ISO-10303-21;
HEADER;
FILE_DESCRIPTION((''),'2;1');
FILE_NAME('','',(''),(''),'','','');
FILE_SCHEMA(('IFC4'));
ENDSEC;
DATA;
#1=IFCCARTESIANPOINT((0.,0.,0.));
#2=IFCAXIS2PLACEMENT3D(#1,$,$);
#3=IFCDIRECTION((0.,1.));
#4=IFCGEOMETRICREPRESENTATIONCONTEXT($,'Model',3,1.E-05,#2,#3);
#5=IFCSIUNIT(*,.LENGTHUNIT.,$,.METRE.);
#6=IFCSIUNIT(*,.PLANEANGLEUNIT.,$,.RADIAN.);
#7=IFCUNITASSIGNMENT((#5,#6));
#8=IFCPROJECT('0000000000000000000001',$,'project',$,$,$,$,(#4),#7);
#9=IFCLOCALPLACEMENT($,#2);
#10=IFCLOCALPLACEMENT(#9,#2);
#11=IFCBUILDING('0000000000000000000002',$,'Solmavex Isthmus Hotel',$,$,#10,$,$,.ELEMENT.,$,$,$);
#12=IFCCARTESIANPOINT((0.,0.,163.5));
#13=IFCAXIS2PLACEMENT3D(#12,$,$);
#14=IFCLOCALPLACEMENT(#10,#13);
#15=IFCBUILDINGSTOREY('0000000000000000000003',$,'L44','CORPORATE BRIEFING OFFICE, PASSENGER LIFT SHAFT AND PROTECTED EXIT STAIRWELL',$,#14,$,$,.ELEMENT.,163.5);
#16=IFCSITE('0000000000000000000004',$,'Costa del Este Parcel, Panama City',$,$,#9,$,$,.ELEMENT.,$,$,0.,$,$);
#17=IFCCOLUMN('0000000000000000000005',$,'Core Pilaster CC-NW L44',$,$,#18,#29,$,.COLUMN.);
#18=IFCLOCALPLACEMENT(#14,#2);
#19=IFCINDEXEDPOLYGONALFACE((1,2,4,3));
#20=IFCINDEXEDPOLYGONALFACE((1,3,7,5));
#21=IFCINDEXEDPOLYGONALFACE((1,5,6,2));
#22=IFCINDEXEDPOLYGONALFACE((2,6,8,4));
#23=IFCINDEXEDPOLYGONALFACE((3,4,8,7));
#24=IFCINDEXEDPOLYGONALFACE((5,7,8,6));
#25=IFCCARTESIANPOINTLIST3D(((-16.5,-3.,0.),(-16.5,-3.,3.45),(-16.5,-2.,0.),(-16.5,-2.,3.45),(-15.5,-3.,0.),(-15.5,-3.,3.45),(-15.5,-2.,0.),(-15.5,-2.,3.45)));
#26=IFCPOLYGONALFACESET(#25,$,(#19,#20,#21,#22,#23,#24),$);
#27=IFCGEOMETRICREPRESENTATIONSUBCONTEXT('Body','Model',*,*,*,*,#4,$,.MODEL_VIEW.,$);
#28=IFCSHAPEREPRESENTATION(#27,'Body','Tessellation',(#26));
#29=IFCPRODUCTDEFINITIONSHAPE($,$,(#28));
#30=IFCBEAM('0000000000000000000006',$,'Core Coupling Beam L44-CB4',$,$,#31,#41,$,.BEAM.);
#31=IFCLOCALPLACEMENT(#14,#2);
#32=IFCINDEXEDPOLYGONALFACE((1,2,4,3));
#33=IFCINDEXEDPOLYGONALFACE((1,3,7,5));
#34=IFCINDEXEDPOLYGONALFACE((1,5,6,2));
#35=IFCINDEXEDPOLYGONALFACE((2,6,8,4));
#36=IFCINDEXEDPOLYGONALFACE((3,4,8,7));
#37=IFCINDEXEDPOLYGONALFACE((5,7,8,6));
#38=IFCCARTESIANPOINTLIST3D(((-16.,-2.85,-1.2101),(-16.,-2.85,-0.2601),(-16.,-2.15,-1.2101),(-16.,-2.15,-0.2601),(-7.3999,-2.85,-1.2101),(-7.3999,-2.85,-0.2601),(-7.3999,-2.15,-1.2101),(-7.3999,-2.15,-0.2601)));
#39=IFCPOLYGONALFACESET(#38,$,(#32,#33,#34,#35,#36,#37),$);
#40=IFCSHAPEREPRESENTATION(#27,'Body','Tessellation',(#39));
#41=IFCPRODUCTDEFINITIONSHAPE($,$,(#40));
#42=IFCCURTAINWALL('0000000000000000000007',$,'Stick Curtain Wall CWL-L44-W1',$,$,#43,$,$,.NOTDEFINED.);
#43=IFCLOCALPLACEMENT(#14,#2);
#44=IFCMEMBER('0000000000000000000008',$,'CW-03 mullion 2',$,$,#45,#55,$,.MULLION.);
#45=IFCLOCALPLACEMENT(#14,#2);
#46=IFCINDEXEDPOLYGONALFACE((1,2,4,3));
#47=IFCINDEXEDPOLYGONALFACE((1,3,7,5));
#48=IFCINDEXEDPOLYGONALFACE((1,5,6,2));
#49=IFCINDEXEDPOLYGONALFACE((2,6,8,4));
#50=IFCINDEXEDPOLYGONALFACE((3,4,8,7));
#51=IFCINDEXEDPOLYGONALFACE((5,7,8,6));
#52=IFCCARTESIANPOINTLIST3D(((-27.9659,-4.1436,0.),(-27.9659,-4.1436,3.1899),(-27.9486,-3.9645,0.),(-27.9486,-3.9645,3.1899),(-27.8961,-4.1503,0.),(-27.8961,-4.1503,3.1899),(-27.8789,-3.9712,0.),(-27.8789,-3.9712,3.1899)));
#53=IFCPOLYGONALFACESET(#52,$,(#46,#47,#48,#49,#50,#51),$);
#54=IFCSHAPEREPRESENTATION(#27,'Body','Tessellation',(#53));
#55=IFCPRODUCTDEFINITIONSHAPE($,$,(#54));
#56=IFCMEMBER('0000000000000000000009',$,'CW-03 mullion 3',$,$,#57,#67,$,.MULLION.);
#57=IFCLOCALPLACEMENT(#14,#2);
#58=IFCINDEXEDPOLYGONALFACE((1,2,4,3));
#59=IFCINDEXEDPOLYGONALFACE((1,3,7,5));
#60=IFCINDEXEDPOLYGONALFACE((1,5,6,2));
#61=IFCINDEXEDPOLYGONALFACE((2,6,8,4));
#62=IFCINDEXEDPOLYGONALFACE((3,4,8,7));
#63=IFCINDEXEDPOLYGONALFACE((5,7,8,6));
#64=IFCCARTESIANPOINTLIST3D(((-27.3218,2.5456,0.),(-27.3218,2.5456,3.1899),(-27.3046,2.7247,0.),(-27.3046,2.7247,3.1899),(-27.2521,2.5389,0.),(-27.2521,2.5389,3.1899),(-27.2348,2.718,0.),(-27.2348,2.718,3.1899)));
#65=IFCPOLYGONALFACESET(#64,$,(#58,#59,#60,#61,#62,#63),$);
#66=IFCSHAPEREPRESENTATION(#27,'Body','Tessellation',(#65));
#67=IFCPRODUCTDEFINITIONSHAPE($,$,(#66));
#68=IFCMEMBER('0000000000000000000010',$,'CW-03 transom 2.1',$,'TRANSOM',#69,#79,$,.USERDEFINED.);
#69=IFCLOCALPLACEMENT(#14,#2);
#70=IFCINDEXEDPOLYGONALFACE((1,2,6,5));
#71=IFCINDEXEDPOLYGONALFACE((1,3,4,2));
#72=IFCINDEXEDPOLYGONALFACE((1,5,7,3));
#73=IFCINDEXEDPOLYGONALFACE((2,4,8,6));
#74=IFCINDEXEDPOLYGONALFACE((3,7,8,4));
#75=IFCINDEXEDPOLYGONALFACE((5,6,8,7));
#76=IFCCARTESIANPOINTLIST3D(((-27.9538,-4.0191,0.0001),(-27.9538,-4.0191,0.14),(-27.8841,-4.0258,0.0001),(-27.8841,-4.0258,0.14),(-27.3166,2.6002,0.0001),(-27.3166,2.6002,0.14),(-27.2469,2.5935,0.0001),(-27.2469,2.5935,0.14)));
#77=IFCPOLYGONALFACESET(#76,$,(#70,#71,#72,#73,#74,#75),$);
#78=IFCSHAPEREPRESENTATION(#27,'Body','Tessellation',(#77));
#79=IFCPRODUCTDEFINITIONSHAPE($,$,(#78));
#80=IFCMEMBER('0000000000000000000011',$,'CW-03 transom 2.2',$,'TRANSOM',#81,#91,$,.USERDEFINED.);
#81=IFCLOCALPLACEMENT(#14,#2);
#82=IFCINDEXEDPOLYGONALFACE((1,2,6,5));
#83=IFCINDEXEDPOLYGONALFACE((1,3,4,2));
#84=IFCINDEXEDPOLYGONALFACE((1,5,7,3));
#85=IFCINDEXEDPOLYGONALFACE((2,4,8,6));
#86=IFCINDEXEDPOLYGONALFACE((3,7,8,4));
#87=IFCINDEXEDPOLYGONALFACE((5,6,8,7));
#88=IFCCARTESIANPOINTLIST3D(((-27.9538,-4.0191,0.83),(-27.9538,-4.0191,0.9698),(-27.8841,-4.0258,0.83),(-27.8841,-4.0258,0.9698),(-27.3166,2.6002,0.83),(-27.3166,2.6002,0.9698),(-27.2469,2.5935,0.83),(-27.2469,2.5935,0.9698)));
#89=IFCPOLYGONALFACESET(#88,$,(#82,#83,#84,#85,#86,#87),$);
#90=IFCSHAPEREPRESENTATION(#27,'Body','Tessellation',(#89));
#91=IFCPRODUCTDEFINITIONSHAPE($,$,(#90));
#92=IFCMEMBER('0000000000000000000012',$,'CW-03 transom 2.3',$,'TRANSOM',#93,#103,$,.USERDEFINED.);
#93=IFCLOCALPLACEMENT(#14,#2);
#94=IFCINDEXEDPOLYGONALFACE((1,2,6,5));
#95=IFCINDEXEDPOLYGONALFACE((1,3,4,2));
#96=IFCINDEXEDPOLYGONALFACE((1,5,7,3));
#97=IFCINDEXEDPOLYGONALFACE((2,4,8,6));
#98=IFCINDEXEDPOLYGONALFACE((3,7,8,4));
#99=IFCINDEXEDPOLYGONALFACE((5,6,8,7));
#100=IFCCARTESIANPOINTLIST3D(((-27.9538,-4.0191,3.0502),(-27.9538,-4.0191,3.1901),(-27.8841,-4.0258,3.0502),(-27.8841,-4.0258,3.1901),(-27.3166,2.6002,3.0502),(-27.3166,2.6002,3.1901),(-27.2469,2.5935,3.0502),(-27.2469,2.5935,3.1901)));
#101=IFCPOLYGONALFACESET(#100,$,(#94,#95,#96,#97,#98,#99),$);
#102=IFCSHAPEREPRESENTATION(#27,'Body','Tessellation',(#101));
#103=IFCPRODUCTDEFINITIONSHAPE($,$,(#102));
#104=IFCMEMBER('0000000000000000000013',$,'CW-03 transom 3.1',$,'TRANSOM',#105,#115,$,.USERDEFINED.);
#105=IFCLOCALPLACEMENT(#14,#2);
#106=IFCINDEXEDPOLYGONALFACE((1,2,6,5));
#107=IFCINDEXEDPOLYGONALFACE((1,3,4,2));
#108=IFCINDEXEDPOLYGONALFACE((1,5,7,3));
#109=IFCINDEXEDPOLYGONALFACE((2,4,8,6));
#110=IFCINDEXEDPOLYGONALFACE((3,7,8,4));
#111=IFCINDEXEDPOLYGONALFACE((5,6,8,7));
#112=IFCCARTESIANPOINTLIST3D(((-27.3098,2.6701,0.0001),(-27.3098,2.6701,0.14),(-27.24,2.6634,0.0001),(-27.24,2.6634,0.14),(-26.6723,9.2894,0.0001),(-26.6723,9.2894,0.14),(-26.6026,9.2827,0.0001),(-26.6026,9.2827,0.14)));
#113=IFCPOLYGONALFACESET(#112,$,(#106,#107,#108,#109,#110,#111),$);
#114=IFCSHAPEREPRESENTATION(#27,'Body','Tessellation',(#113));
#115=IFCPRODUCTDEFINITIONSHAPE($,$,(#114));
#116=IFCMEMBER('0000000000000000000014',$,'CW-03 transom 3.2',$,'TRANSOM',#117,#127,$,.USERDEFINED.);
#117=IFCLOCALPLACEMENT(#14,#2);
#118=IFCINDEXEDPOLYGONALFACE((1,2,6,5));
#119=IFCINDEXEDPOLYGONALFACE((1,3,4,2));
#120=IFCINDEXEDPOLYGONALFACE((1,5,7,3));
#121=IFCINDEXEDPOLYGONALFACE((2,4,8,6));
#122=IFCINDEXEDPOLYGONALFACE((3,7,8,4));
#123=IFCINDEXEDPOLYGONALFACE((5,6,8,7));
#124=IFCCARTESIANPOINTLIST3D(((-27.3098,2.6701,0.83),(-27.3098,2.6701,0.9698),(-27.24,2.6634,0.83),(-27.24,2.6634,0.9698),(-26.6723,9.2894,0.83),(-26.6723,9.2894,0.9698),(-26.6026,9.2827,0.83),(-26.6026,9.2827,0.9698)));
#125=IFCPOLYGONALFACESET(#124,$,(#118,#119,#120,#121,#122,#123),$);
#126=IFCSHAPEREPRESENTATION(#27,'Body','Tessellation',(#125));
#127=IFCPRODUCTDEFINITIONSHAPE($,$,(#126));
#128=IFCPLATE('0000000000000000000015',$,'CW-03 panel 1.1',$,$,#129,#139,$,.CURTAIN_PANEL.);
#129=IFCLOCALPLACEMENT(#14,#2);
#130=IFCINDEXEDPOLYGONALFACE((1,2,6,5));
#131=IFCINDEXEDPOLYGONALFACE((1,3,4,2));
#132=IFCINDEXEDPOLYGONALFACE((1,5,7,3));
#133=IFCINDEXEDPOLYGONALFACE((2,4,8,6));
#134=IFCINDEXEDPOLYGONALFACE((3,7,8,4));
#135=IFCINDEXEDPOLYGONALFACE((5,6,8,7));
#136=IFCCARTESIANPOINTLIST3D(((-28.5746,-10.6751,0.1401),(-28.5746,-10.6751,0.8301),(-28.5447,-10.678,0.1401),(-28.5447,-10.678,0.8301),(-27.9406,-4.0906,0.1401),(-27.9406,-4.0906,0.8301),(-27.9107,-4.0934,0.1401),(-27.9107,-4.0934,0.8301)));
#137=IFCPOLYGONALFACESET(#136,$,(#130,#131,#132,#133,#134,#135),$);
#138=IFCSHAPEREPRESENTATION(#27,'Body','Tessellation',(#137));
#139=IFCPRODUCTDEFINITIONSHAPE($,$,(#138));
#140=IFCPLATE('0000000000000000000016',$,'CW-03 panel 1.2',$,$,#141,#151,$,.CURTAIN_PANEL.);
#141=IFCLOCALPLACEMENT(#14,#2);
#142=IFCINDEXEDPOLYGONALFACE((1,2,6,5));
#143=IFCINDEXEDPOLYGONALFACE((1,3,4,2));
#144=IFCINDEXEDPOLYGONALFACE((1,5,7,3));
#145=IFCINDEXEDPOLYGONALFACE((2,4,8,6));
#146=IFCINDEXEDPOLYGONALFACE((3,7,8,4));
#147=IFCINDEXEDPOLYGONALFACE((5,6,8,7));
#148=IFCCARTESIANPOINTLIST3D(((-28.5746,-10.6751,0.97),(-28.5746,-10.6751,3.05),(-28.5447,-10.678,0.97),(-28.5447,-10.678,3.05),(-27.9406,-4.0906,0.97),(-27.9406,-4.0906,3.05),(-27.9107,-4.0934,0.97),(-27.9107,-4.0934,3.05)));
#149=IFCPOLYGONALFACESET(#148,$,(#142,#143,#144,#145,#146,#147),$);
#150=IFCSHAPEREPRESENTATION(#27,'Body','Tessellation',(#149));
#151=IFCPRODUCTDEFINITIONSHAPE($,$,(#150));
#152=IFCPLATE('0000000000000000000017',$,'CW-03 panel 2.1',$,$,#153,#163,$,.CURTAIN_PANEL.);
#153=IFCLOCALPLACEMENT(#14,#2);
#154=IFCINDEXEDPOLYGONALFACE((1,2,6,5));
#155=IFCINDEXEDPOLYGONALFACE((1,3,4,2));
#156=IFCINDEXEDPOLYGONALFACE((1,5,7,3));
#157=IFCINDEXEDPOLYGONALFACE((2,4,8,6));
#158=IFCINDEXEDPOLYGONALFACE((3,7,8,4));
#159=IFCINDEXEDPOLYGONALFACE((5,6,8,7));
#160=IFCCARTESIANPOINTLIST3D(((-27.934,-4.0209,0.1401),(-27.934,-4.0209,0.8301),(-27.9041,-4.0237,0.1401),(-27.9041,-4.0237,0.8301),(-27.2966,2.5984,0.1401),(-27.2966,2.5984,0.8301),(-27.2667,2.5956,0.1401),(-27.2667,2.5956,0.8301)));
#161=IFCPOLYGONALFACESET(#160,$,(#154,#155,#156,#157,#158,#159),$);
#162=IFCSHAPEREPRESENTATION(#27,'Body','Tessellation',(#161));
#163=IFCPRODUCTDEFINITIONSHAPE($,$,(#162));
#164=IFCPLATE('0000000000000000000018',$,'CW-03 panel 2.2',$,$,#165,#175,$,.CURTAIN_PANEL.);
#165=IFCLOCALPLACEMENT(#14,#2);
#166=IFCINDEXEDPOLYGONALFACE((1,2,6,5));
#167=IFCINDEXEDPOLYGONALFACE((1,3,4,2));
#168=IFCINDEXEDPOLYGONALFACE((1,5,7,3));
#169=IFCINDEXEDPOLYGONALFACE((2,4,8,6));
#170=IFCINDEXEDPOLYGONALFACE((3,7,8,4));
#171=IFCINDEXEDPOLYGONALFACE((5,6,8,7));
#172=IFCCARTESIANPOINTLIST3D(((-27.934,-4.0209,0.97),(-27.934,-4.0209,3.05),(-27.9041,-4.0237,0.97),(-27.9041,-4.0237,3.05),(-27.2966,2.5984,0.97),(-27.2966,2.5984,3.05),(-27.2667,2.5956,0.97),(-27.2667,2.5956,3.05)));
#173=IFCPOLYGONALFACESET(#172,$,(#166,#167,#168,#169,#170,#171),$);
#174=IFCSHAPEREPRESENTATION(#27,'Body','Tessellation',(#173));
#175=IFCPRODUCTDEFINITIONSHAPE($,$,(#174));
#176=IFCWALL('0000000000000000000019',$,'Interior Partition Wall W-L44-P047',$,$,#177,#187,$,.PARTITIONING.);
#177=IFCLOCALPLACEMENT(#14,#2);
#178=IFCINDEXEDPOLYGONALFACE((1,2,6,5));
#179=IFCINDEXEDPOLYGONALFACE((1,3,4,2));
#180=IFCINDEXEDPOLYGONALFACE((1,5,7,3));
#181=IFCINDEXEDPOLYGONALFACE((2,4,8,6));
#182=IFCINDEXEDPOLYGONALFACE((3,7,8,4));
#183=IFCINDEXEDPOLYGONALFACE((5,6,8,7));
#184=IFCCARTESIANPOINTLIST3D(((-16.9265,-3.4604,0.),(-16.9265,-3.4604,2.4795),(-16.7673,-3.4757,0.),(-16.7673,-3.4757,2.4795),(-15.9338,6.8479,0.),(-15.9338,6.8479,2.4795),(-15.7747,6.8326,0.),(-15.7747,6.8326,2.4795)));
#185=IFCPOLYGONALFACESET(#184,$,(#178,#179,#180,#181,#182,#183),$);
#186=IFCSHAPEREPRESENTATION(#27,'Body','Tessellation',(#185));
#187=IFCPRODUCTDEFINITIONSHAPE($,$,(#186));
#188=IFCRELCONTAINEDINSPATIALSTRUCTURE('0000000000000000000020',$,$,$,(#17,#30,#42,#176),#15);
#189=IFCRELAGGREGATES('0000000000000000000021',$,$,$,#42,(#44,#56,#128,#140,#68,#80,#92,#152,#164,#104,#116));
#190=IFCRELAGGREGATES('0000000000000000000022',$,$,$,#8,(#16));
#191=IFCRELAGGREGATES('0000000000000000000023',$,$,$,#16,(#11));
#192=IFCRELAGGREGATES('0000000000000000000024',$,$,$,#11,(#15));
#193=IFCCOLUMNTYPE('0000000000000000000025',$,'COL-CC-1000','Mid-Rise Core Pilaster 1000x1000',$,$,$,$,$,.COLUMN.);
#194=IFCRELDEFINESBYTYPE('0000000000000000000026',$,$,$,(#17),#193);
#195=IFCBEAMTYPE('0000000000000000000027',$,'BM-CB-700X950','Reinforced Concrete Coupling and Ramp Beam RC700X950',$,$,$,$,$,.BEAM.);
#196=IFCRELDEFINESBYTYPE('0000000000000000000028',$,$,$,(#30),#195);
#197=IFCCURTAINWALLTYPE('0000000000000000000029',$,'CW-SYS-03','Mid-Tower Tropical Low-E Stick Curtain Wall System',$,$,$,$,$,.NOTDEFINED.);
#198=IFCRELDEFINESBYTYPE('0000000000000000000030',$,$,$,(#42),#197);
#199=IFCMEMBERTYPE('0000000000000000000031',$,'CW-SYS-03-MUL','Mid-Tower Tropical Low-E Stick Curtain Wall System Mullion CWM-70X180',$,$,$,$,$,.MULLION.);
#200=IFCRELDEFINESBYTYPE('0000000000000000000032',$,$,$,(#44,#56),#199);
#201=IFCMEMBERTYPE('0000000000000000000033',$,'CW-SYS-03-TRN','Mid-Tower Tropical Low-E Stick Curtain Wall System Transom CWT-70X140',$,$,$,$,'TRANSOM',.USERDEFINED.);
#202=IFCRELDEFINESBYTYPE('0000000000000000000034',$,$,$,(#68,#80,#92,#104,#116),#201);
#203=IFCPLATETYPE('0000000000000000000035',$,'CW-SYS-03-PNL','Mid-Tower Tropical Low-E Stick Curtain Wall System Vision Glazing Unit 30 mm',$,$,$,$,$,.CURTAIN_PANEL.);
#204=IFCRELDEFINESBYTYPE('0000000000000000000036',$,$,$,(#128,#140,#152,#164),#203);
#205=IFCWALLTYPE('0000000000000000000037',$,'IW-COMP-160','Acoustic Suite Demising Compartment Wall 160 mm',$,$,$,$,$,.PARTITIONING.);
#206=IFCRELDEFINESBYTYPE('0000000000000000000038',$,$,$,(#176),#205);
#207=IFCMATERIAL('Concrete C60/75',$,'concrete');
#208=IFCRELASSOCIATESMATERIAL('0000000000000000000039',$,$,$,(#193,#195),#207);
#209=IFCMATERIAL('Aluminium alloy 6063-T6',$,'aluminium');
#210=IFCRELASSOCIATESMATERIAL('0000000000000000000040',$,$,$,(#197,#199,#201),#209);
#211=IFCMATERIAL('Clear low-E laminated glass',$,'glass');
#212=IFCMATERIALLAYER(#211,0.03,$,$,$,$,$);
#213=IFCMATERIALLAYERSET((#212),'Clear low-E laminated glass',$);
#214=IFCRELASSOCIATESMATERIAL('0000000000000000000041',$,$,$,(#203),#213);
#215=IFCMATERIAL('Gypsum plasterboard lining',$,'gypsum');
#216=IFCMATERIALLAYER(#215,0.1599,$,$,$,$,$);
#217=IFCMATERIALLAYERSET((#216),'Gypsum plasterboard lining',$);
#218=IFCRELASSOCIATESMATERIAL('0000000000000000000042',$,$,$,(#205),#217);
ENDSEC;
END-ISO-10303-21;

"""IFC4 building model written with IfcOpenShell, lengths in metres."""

from ifc_helpers import new_model, si_unit, direction, frame, frame_2d, origin, origin_2d, place, context, subcontext, project, spatial, rectangle, extrude, material, layer, layer_set, material_profile, profile_set, type_object, element, aggregate, save


model = new_model("IFC4")

# Units and contexts
model_context = context("Model", 3, precision=1e-05, world=origin(), true_north=direction((0.0, 1.0)))
body_context = subcontext(model_context, "Body", "Model", "MODEL_VIEW")
ifc_project = project(units=[si_unit("LENGTHUNIT", "METRE"), si_unit("PLANEANGLEUNIT", "RADIAN")], contexts=[model_context])

# Site, building, storey
site_placement = place(None, origin())
site = spatial("IfcSite", under=ifc_project, at=site_placement, Name="Costa del Este Parcel, Panama City", CompositionType="ELEMENT", RefElevation=0.0)
building_placement = place(site_placement, origin())
building = spatial("IfcBuilding", under=site, at=building_placement, Name="Solmavex Isthmus Hotel", CompositionType="ELEMENT")
storey_placement = place(building_placement, frame((0.0, 0.0, 163.5)))
storey = spatial("IfcBuildingStorey", under=building, at=storey_placement, Name="L44", Description="CORPORATE BRIEFING OFFICE, PASSENGER LIFT SHAFT AND PROTECTED EXIT STAIRWELL", CompositionType="ELEMENT", Elevation=163.5)

# Column
ifc_material_1 = material(Name="Concrete C60/75", Category="concrete")
ifc_material_profile_1 = material_profile(ifc_material_1, rectangle(XDim=1.0, YDim=1.0, at=origin_2d()), Name="RC1000X1000")
ifc_profile_set_1 = profile_set([ifc_material_profile_1], Name="Concrete C60/75")
column_type = type_object("IfcColumnType", Name="COL-CC-1000", Description="Mid-Rise Core Pilaster 1000x1000", PredefinedType="COLUMN", material=ifc_profile_set_1)
column_placement = place(storey_placement, frame((-16.0, -2.5, 0.0), z_axis=(0.0, 0.0, 1.0), x_axis=(1.0, 0.0, 0.0)))
element("IfcColumn", 1, at=column_placement, inside=storey, type_object=column_type, Name="Core Pilaster CC-NW L44", PredefinedType="COLUMN", context=body_context, shape_type="SweptSolid", body=[
    extrude(rectangle(XDim=1.0, YDim=1.0, at=origin_2d()), origin(), (0.0, 0.0, 1.0), 3.45),
])

# Beam
ifc_material_profile_2 = material_profile(ifc_material_1, rectangle(XDim=0.7, YDim=0.95, at=origin_2d()), Name="RC700X950")
ifc_profile_set_2 = profile_set([ifc_material_profile_2], Name="Concrete C60/75")
beam_type = type_object("IfcBeamType", Name="BM-CB-700X950", Description="Reinforced Concrete Coupling and Ramp Beam RC700X950", PredefinedType="BEAM", material=ifc_profile_set_2)
beam_placement = place(storey_placement, frame((-16.0, -2.5, -0.7351), z_axis=(1.0, 0.0, 0.0), x_axis=(0.0, 1.0, 0.0)))
element("IfcBeam", 2, at=beam_placement, inside=storey, type_object=beam_type, Name="Core Coupling Beam L44-CB4", PredefinedType="BEAM", context=body_context, shape_type="SweptSolid", body=[
    extrude(rectangle(XDim=0.7, YDim=0.95, at=origin_2d()), origin(), (0.0, 0.0, 1.0), 8.6001),
])

# Curtain wall, members, plates
ifc_material_2 = material(Name="Aluminium alloy 6063-T6", Category="aluminium")
curtain_wall_type = type_object("IfcCurtainWallType", Name="CW-SYS-03", Description="Mid-Tower Tropical Low-E Stick Curtain Wall System", PredefinedType="NOTDEFINED", material=ifc_material_2)
curtain_wall_placement = place(storey_placement, origin())
curtain_wall = element("IfcCurtainWall", 3, at=curtain_wall_placement, inside=storey, type_object=curtain_wall_type, Name="Stick Curtain Wall CWL-L44-W1", PredefinedType="NOTDEFINED")
ifc_material_profile_3 = material_profile(ifc_material_2, rectangle(XDim=0.0701, YDim=0.1799, at=origin_2d()), Name="CWM-70X180")
ifc_profile_set_3 = profile_set([ifc_material_profile_3], Name="Aluminium alloy 6063-T6")
member_type_1 = type_object("IfcMemberType", Name="CW-SYS-03-MUL", Description="Mid-Tower Tropical Low-E Stick Curtain Wall System Mullion CWM-70X180", PredefinedType="MULLION", material=ifc_profile_set_3)
member_1_placement = place(storey_placement, frame((-27.9224, -4.0574, 0.0), z_axis=(0.0, 0.0, 1.0), x_axis=(-0.995396, 0.095846, 0.0)))
member_1 = element("IfcMember", 4, at=member_1_placement, type_object=member_type_1, Name="CW-03 mullion 2", PredefinedType="MULLION", context=body_context, shape_type="SweptSolid", body=[
    extrude(rectangle(XDim=0.0701, YDim=0.1799, at=origin_2d()), origin(), (0.0, 0.0, 1.0), 3.1899),
])
member_2_placement = place(storey_placement, frame((-27.2783, 2.6318, 0.0), z_axis=(0.0, 0.0, 1.0), x_axis=(-0.995396, 0.095846, 0.0)))
member_2 = element("IfcMember", 5, at=member_2_placement, type_object=member_type_1, Name="CW-03 mullion 3", PredefinedType="MULLION", context=body_context, shape_type="SweptSolid", body=[
    extrude(rectangle(XDim=0.0701, YDim=0.1799, at=origin_2d()), origin(), (0.0, 0.0, 1.0), 3.1899),
])
ifc_material_profile_4 = material_profile(ifc_material_2, rectangle(XDim=0.0701, YDim=0.1399, at=origin_2d()), Name="CWT-70X140")
ifc_profile_set_4 = profile_set([ifc_material_profile_4], Name="Aluminium alloy 6063-T6")
member_type_2 = type_object("IfcMemberType", Name="CW-SYS-03-TRN", Description="Mid-Tower Tropical Low-E Stick Curtain Wall System Transom CWT-70X140", ElementType="TRANSOM", PredefinedType="USERDEFINED", material=ifc_profile_set_4)
member_3_placement = place(storey_placement, frame((-27.9189, -4.0225, 0.0701), z_axis=(0.095821, 0.995399, 0.0), x_axis=(-0.995399, 0.095821, 0.0)))
member_3 = element("IfcMember", 6, at=member_3_placement, type_object=member_type_2, Name="CW-03 transom 2.1", ObjectType="TRANSOM", PredefinedType="USERDEFINED", context=body_context, shape_type="SweptSolid", body=[
    extrude(rectangle(XDim=0.0701, YDim=0.1399, at=origin_2d()), origin(), (0.0, 0.0, 1.0), 6.6499),
])
member_4_placement = place(storey_placement, frame((-27.9189, -4.0225, 0.8999), z_axis=(0.095821, 0.995399, 0.0), x_axis=(-0.995399, 0.095821, 0.0)))
member_4 = element("IfcMember", 7, at=member_4_placement, type_object=member_type_2, Name="CW-03 transom 2.2", ObjectType="TRANSOM", PredefinedType="USERDEFINED", context=body_context, shape_type="SweptSolid", body=[
    extrude(rectangle(XDim=0.0701, YDim=0.1399, at=origin_2d()), origin(), (0.0, 0.0, 1.0), 6.6499),
])
member_5_placement = place(storey_placement, frame((-27.9189, -4.0225, 3.1201), z_axis=(0.095821, 0.995399, 0.0), x_axis=(-0.995399, 0.095821, 0.0)))
member_5 = element("IfcMember", 8, at=member_5_placement, type_object=member_type_2, Name="CW-03 transom 2.3", ObjectType="TRANSOM", PredefinedType="USERDEFINED", context=body_context, shape_type="SweptSolid", body=[
    extrude(rectangle(XDim=0.0701, YDim=0.1399, at=origin_2d()), origin(), (0.0, 0.0, 1.0), 6.6499),
])
member_6_placement = place(storey_placement, frame((-27.2749, 2.6667, 0.0701), z_axis=(0.095857, 0.995395, 0.0), x_axis=(-0.995395, 0.095857, 0.0)))
member_6 = element("IfcMember", 9, at=member_6_placement, type_object=member_type_2, Name="CW-03 transom 3.1", ObjectType="TRANSOM", PredefinedType="USERDEFINED", context=body_context, shape_type="SweptSolid", body=[
    extrude(rectangle(XDim=0.0701, YDim=0.1399, at=origin_2d()), origin(), (0.0, 0.0, 1.0), 6.6499),
])
member_7_placement = place(storey_placement, frame((-27.2749, 2.6667, 0.8999), z_axis=(0.095857, 0.995395, 0.0), x_axis=(-0.995395, 0.095857, 0.0)))
member_7 = element("IfcMember", 10, at=member_7_placement, type_object=member_type_2, Name="CW-03 transom 3.2", ObjectType="TRANSOM", PredefinedType="USERDEFINED", context=body_context, shape_type="SweptSolid", body=[
    extrude(rectangle(XDim=0.0701, YDim=0.1399, at=origin_2d()), origin(), (0.0, 0.0, 1.0), 6.6499),
])
ifc_material_3 = material(Name="Clear low-E laminated glass", Category="glass")
ifc_layer_1 = layer(ifc_material_3, 0.03)
ifc_layer_set_1 = layer_set([ifc_layer_1], Name="Clear low-E laminated glass")
plate_type = type_object("IfcPlateType", Name="CW-SYS-03-PNL", Description="Mid-Tower Tropical Low-E Stick Curtain Wall System Vision Glazing Unit 30 mm", PredefinedType="CURTAIN_PANEL", material=ifc_layer_set_1)
plate_1_placement = place(storey_placement, frame((-28.2427, -7.3843, 0.1401), z_axis=(0.0, 0.0, 1.0), x_axis=(0.095846, 0.995396, 0.0)))
plate_1 = element("IfcPlate", 11, at=plate_1_placement, type_object=plate_type, Name="CW-03 panel 1.1", PredefinedType="CURTAIN_PANEL", context=body_context, shape_type="SweptSolid", body=[
    extrude(rectangle(XDim=6.615, YDim=0.03, at=origin_2d()), origin(), (0.0, 0.0, 1.0), 0.6899),
])
plate_2_placement = place(storey_placement, frame((-28.2427, -7.3843, 0.97), z_axis=(0.0, 0.0, 1.0), x_axis=(0.095846, 0.995396, 0.0)))
plate_2 = element("IfcPlate", 12, at=plate_2_placement, type_object=plate_type, Name="CW-03 panel 1.2", PredefinedType="CURTAIN_PANEL", context=body_context, shape_type="SweptSolid", body=[
    extrude(rectangle(XDim=6.615, YDim=0.03, at=origin_2d()), origin(), (0.0, 0.0, 1.0), 2.0801),
])
plate_3_placement = place(storey_placement, frame((-27.6003, -0.7126, 0.1401), z_axis=(0.0, 0.0, 1.0), x_axis=(0.095846, 0.995396, 0.0)))
plate_3 = element("IfcPlate", 13, at=plate_3_placement, type_object=plate_type, Name="CW-03 panel 2.1", PredefinedType="CURTAIN_PANEL", context=body_context, shape_type="SweptSolid", body=[
    extrude(rectangle(XDim=6.6499, YDim=0.03, at=origin_2d()), origin(), (0.0, 0.0, 1.0), 0.6899),
])
plate_4_placement = place(storey_placement, frame((-27.6003, -0.7126, 0.97), z_axis=(0.0, 0.0, 1.0), x_axis=(0.095846, 0.995396, 0.0)))
plate_4 = element("IfcPlate", 14, at=plate_4_placement, type_object=plate_type, Name="CW-03 panel 2.2", PredefinedType="CURTAIN_PANEL", context=body_context, shape_type="SweptSolid", body=[
    extrude(rectangle(XDim=6.6499, YDim=0.03, at=origin_2d()), origin(), (0.0, 0.0, 1.0), 2.0801),
])
aggregate(curtain_wall, [member_1, member_2, plate_1, plate_2, member_3, member_4, member_5, plate_3, plate_4, member_6, member_7])

# Wall
ifc_material_4 = material(Name="Gypsum plasterboard lining", Category="gypsum")
ifc_layer_2 = layer(ifc_material_4, 0.1599)
ifc_layer_set_2 = layer_set([ifc_layer_2], Name="Gypsum plasterboard lining")
wall_type_1 = type_object("IfcWallType", Name="IW-COMP-160", Description="Acoustic Suite Demising Compartment Wall 160 mm", PredefinedType="PARTITIONING", material=ifc_layer_set_2)
wall_1_placement = place(storey_placement, frame((-16.8469, -3.468, 0.0), z_axis=(0.0, 0.0, 1.0), x_axis=(0.095855, 0.995395, 0.0)))
element("IfcWall", 15, at=wall_1_placement, inside=storey, type_object=wall_type_1, Name="Interior Partition Wall W-L44-P047", PredefinedType="PARTITIONING", context=body_context, shape_type="SweptSolid", body=[
    extrude(rectangle(XDim=10.356, YDim=0.1599, at=frame_2d((5.178, 0.0))), origin(), (0.0, 0.0, 1.0), 2.4795),
])

save(model, "model.ifc")
